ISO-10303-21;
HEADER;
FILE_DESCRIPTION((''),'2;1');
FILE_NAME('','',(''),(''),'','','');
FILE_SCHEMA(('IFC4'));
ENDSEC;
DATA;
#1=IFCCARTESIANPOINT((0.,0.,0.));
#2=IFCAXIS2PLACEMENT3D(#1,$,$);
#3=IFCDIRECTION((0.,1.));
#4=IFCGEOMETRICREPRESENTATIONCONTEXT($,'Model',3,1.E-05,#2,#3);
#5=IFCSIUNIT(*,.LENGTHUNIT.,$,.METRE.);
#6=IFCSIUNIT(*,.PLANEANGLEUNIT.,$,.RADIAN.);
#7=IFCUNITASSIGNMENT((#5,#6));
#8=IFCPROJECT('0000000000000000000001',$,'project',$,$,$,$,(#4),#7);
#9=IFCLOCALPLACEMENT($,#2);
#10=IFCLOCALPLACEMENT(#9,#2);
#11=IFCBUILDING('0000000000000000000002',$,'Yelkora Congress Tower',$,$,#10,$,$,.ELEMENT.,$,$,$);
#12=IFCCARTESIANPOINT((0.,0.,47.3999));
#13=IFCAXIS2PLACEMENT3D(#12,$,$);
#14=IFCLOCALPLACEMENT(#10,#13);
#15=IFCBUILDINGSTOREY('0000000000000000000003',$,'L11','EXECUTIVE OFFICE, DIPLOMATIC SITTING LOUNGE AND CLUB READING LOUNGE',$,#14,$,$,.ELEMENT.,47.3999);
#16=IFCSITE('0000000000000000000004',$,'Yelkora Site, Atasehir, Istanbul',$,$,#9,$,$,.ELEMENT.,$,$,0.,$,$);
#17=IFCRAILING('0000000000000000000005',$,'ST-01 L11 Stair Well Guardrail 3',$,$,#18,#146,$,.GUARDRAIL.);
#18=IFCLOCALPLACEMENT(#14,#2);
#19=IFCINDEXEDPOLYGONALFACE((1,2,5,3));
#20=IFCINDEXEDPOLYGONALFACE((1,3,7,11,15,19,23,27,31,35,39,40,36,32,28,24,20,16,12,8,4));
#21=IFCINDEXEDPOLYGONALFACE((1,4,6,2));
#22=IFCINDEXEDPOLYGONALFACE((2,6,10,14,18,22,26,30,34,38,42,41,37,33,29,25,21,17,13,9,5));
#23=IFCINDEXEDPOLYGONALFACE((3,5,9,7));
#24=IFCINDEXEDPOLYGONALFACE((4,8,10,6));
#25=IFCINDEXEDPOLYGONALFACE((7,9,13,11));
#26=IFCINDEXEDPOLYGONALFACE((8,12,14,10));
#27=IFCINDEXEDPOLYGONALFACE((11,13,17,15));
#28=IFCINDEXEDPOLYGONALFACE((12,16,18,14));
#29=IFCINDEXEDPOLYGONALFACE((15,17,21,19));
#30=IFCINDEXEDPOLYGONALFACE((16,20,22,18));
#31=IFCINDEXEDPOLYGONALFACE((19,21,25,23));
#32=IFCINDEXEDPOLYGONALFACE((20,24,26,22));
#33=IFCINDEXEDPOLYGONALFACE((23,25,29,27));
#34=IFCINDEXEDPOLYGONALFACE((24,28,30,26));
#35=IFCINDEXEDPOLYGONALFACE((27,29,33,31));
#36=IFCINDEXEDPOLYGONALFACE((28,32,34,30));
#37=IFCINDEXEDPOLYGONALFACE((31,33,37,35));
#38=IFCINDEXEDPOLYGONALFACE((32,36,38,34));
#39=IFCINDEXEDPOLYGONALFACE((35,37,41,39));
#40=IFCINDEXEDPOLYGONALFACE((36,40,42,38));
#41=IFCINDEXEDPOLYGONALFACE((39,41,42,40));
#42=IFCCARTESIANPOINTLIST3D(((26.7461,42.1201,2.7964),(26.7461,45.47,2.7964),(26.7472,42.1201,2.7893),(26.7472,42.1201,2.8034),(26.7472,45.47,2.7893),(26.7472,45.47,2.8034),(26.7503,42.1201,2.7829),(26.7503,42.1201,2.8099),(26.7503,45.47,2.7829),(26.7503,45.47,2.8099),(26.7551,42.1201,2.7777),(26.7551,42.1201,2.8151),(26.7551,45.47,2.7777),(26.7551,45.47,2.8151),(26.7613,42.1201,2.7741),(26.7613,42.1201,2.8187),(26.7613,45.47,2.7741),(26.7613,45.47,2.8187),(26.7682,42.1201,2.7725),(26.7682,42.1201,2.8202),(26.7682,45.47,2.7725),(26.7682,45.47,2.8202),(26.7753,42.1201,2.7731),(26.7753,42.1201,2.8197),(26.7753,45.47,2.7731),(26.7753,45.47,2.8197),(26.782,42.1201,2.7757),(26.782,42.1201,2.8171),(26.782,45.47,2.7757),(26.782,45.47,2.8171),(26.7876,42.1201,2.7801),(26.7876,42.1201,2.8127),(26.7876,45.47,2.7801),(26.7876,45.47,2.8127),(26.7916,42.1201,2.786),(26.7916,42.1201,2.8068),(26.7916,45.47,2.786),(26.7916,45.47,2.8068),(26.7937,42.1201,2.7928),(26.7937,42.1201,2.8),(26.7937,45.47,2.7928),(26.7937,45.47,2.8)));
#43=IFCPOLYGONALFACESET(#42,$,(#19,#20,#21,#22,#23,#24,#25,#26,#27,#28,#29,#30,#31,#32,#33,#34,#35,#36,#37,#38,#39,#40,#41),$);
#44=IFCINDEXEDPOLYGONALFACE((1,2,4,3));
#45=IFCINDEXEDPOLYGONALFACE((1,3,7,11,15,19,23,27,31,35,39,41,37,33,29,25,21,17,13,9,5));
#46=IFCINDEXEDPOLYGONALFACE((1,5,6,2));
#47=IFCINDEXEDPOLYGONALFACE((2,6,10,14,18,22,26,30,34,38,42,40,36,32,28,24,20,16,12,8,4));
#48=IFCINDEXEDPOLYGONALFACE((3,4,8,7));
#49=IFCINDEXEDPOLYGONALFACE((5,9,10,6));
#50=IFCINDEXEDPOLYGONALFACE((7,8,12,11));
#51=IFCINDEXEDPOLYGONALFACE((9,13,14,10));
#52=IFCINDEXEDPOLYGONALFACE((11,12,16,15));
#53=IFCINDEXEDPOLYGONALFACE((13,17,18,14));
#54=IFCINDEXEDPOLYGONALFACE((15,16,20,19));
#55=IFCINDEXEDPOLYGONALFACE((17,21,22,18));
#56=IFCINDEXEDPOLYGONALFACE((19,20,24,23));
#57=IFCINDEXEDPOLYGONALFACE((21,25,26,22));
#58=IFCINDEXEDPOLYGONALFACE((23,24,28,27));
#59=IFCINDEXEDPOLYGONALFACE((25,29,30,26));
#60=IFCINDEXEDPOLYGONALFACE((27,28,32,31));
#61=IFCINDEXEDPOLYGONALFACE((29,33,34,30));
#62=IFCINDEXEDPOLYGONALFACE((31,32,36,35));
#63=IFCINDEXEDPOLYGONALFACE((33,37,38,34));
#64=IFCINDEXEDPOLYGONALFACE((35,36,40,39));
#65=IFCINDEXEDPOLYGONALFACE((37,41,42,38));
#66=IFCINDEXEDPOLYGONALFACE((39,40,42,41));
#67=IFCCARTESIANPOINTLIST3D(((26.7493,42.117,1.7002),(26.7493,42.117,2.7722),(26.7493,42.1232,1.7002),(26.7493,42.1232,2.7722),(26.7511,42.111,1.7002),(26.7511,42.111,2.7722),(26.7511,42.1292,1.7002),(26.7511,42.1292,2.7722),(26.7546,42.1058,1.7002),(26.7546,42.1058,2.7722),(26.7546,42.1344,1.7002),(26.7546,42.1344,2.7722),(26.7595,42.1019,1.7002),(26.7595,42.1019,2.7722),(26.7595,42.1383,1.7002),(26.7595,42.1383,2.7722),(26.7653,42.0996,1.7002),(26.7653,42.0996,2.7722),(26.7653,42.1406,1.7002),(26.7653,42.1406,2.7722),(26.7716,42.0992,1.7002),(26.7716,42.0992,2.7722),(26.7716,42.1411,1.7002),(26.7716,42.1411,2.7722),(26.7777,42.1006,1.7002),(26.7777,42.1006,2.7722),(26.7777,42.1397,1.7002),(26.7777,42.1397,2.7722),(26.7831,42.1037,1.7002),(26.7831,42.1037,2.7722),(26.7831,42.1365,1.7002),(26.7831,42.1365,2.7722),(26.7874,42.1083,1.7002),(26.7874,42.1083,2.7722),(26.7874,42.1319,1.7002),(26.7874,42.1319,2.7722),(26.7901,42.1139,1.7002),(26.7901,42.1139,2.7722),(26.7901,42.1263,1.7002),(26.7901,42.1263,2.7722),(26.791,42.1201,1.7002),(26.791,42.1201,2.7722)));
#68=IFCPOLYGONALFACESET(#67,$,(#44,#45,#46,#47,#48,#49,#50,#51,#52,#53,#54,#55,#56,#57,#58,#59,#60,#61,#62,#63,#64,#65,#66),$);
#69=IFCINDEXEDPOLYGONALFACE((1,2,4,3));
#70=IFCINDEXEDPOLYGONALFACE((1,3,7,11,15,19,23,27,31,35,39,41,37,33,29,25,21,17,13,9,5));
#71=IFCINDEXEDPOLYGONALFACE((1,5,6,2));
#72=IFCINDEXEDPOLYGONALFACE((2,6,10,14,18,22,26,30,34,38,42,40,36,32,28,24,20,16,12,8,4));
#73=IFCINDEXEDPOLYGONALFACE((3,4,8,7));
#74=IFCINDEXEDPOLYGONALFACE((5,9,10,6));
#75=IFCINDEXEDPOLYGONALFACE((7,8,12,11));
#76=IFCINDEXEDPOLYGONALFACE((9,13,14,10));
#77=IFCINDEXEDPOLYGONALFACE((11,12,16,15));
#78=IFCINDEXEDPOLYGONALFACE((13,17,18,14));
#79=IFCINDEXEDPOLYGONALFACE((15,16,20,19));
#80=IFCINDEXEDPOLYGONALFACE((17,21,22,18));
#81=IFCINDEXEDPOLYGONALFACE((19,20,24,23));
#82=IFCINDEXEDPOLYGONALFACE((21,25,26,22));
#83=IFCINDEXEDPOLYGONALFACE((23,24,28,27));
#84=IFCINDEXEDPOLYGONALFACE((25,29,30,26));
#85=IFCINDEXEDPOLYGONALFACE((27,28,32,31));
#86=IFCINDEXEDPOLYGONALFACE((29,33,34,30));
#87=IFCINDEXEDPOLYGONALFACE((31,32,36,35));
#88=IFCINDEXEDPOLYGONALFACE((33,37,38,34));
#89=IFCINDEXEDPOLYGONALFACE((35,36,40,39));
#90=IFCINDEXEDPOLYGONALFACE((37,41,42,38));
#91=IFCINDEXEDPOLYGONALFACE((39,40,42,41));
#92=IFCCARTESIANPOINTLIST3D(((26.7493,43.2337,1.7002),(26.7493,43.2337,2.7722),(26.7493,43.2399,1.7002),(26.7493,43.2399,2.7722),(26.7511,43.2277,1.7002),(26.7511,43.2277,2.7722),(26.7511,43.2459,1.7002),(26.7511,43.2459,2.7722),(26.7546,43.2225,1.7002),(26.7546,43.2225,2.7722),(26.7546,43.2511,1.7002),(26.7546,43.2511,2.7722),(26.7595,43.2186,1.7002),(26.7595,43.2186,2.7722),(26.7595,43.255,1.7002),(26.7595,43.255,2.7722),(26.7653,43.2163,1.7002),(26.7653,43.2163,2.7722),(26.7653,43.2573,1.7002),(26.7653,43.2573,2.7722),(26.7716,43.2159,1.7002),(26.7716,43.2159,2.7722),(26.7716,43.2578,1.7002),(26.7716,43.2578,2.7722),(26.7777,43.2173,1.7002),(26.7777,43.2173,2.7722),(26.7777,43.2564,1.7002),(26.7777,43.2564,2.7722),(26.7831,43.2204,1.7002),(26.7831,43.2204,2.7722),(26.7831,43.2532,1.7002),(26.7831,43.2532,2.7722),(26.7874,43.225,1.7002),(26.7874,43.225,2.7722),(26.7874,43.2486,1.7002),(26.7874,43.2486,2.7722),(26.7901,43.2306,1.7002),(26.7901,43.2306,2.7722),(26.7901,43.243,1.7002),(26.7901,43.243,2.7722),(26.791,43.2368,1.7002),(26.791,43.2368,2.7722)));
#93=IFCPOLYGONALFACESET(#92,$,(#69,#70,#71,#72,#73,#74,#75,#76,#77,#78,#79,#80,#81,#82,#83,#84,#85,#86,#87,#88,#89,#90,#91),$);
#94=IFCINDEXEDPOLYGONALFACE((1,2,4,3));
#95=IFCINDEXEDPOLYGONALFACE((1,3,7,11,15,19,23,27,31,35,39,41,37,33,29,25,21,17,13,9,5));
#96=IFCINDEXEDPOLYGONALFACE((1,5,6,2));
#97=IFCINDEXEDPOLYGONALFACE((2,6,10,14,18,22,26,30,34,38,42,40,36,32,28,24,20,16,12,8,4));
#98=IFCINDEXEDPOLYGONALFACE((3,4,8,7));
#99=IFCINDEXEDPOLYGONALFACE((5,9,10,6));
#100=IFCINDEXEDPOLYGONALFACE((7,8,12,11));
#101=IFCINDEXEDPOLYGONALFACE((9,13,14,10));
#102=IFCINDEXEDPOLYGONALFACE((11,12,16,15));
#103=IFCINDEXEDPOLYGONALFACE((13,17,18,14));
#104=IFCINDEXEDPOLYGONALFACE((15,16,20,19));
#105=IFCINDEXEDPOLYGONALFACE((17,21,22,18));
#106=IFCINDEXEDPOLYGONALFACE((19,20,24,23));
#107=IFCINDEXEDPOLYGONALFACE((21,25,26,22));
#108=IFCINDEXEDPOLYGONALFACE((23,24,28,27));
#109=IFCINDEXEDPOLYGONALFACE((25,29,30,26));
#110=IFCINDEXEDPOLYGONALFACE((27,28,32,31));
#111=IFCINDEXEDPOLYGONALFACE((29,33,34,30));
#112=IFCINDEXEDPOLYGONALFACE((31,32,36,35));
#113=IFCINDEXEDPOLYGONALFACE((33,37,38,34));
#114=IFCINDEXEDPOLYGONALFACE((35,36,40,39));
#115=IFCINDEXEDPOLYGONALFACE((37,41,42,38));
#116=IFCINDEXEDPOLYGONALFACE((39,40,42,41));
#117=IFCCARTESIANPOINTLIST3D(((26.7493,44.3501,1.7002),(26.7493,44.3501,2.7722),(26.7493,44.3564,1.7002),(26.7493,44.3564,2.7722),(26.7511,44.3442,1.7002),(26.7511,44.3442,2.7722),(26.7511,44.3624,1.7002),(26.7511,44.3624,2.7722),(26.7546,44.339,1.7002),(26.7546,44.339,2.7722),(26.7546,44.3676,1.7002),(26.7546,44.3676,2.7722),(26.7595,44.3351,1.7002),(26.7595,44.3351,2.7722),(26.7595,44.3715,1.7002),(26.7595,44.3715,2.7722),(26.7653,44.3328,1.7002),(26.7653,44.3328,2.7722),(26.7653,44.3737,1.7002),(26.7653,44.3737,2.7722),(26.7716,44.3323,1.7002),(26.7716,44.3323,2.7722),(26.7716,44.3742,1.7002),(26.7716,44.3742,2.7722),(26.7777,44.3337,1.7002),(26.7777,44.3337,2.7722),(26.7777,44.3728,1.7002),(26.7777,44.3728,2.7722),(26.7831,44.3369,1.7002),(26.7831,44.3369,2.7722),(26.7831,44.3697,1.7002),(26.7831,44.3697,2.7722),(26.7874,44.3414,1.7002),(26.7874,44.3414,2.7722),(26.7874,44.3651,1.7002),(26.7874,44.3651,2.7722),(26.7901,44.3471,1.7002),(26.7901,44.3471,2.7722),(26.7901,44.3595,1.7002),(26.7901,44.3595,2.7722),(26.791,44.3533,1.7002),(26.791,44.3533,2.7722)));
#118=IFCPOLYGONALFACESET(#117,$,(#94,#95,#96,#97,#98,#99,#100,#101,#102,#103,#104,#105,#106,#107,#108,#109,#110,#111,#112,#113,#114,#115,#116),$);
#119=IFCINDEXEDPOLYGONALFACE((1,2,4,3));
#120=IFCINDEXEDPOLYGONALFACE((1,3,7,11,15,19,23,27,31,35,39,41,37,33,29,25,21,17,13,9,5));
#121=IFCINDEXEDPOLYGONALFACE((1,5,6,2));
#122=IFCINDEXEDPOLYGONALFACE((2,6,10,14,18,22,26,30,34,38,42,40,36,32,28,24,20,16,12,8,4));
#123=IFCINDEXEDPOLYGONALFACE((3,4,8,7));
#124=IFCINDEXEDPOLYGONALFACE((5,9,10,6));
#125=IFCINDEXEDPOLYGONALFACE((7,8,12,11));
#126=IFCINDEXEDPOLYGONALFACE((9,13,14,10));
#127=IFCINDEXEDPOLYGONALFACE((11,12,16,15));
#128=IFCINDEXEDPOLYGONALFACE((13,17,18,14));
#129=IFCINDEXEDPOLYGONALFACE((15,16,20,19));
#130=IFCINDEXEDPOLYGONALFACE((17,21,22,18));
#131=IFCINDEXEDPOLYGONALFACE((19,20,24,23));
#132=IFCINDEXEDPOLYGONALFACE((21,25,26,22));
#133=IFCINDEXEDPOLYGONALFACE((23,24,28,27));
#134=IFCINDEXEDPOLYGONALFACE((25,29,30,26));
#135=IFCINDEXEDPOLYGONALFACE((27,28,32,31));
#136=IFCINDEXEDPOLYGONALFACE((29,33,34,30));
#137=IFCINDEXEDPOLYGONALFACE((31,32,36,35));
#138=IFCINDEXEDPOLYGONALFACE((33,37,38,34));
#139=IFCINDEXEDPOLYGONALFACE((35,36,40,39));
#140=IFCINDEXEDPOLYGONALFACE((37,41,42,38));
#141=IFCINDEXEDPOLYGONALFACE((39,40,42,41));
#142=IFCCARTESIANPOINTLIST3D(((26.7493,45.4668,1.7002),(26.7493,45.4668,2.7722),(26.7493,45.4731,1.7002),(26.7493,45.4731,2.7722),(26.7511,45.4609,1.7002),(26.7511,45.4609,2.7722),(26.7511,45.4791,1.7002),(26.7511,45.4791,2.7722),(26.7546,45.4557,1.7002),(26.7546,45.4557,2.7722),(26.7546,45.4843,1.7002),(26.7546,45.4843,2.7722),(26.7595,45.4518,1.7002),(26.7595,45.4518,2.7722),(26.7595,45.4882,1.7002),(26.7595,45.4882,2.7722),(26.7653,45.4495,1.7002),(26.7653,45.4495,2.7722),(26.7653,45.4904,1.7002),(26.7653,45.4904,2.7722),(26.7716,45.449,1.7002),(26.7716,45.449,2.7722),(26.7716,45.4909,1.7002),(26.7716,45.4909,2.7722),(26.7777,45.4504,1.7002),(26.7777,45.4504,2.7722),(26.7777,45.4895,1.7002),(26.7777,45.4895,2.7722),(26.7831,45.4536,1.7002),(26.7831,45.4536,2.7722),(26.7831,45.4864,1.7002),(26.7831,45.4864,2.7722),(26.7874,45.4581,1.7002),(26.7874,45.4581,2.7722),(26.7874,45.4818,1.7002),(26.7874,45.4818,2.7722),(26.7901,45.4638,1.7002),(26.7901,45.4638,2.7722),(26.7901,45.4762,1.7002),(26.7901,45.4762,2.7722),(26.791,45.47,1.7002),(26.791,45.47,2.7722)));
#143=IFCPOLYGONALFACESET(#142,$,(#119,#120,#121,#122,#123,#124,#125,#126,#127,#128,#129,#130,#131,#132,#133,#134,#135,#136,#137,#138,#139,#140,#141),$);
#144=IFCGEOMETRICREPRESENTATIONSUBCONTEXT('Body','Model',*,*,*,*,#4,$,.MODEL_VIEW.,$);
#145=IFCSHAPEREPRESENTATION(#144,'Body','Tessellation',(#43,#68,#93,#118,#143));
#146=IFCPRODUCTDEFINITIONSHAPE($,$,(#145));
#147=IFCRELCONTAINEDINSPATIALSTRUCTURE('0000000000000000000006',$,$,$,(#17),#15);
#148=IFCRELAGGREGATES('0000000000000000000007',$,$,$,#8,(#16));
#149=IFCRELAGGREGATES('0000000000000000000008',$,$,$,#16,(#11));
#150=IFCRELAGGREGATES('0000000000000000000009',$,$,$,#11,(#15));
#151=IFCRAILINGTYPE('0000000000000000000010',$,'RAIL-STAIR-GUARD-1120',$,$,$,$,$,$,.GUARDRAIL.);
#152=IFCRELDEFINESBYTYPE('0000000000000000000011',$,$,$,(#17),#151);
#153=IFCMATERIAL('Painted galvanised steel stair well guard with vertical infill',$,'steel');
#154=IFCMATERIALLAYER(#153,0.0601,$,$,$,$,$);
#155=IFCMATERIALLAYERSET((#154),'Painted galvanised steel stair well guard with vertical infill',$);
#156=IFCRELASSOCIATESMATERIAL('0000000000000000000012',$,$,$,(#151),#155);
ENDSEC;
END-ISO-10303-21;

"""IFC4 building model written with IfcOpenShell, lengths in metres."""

from ifc_helpers import new_model, si_unit, direction, frame, origin, origin_2d, place, context, subcontext, project, spatial, circle, extrude, material, layer, layer_set, type_object, element, save


model = new_model("IFC4")

# Units and contexts
model_context = context("Model", 3, precision=1e-05, world=origin(), true_north=direction((0.0, 1.0)))
body_context = subcontext(model_context, "Body", "Model", "MODEL_VIEW")
ifc_project = project(units=[si_unit("LENGTHUNIT", "METRE"), si_unit("PLANEANGLEUNIT", "RADIAN")], contexts=[model_context])

# Site, building, storey
site_placement = place(None, origin())
site = spatial("IfcSite", under=ifc_project, at=site_placement, Name="Yelkora Site, Atasehir, Istanbul", CompositionType="ELEMENT", RefElevation=0.0)
building_placement = place(site_placement, origin())
building = spatial("IfcBuilding", under=site, at=building_placement, Name="Yelkora Congress Tower", CompositionType="ELEMENT")
storey_placement = place(building_placement, frame((0.0, 0.0, 47.3999)))
storey = spatial("IfcBuildingStorey", under=building, at=storey_placement, Name="L11", Description="EXECUTIVE OFFICE, DIPLOMATIC SITTING LOUNGE AND CLUB READING LOUNGE", CompositionType="ELEMENT", Elevation=47.3999)

# Railing
ifc_material_1 = material(Name="Painted galvanised steel stair well guard with vertical infill", Category="steel")
ifc_layer_1 = layer(ifc_material_1, 0.0601)
ifc_layer_set_1 = layer_set([ifc_layer_1], Name="Painted galvanised steel stair well guard with vertical infill")
railing_type_1 = type_object("IfcRailingType", Name="RAIL-STAIR-GUARD-1120", PredefinedType="GUARDRAIL", material=ifc_layer_set_1)
for number, where, name in (
    (1, (26.77, 42.1201, 1.7002), "ST-01 L11 Stair Well Guardrail 3"),
):
    element("IfcRailing", number, at=place(storey_placement, frame(where)), inside=storey, type_object=railing_type_1, Name=name, PredefinedType="GUARDRAIL", context=body_context, shape_type="SweptSolid", body=[
        extrude(circle(Radius=0.0239, at=origin_2d()), frame((0.0, 0.0, 1.0962), z_axis=(0.0, 1.0, 0.0), x_axis=(-1.0, 0.0, 0.0)), (0.0, 0.0, 1.0), 3.3499),
        extrude(circle(Radius=0.021, at=origin_2d()), origin(), (0.0, 0.0, 1.0), 1.072),
        extrude(circle(Radius=0.021, at=origin_2d()), frame((0.0, 1.1167, 0.0)), (0.0, 0.0, 1.0), 1.072),
        extrude(circle(Radius=0.021, at=origin_2d()), frame((0.0, 2.2332, 0.0)), (0.0, 0.0, 1.0), 1.072),
        extrude(circle(Radius=0.021, at=origin_2d()), frame((0.0, 3.3499, 0.0)), (0.0, 0.0, 1.0), 1.072),
    ])

save(model, "model.ifc")
